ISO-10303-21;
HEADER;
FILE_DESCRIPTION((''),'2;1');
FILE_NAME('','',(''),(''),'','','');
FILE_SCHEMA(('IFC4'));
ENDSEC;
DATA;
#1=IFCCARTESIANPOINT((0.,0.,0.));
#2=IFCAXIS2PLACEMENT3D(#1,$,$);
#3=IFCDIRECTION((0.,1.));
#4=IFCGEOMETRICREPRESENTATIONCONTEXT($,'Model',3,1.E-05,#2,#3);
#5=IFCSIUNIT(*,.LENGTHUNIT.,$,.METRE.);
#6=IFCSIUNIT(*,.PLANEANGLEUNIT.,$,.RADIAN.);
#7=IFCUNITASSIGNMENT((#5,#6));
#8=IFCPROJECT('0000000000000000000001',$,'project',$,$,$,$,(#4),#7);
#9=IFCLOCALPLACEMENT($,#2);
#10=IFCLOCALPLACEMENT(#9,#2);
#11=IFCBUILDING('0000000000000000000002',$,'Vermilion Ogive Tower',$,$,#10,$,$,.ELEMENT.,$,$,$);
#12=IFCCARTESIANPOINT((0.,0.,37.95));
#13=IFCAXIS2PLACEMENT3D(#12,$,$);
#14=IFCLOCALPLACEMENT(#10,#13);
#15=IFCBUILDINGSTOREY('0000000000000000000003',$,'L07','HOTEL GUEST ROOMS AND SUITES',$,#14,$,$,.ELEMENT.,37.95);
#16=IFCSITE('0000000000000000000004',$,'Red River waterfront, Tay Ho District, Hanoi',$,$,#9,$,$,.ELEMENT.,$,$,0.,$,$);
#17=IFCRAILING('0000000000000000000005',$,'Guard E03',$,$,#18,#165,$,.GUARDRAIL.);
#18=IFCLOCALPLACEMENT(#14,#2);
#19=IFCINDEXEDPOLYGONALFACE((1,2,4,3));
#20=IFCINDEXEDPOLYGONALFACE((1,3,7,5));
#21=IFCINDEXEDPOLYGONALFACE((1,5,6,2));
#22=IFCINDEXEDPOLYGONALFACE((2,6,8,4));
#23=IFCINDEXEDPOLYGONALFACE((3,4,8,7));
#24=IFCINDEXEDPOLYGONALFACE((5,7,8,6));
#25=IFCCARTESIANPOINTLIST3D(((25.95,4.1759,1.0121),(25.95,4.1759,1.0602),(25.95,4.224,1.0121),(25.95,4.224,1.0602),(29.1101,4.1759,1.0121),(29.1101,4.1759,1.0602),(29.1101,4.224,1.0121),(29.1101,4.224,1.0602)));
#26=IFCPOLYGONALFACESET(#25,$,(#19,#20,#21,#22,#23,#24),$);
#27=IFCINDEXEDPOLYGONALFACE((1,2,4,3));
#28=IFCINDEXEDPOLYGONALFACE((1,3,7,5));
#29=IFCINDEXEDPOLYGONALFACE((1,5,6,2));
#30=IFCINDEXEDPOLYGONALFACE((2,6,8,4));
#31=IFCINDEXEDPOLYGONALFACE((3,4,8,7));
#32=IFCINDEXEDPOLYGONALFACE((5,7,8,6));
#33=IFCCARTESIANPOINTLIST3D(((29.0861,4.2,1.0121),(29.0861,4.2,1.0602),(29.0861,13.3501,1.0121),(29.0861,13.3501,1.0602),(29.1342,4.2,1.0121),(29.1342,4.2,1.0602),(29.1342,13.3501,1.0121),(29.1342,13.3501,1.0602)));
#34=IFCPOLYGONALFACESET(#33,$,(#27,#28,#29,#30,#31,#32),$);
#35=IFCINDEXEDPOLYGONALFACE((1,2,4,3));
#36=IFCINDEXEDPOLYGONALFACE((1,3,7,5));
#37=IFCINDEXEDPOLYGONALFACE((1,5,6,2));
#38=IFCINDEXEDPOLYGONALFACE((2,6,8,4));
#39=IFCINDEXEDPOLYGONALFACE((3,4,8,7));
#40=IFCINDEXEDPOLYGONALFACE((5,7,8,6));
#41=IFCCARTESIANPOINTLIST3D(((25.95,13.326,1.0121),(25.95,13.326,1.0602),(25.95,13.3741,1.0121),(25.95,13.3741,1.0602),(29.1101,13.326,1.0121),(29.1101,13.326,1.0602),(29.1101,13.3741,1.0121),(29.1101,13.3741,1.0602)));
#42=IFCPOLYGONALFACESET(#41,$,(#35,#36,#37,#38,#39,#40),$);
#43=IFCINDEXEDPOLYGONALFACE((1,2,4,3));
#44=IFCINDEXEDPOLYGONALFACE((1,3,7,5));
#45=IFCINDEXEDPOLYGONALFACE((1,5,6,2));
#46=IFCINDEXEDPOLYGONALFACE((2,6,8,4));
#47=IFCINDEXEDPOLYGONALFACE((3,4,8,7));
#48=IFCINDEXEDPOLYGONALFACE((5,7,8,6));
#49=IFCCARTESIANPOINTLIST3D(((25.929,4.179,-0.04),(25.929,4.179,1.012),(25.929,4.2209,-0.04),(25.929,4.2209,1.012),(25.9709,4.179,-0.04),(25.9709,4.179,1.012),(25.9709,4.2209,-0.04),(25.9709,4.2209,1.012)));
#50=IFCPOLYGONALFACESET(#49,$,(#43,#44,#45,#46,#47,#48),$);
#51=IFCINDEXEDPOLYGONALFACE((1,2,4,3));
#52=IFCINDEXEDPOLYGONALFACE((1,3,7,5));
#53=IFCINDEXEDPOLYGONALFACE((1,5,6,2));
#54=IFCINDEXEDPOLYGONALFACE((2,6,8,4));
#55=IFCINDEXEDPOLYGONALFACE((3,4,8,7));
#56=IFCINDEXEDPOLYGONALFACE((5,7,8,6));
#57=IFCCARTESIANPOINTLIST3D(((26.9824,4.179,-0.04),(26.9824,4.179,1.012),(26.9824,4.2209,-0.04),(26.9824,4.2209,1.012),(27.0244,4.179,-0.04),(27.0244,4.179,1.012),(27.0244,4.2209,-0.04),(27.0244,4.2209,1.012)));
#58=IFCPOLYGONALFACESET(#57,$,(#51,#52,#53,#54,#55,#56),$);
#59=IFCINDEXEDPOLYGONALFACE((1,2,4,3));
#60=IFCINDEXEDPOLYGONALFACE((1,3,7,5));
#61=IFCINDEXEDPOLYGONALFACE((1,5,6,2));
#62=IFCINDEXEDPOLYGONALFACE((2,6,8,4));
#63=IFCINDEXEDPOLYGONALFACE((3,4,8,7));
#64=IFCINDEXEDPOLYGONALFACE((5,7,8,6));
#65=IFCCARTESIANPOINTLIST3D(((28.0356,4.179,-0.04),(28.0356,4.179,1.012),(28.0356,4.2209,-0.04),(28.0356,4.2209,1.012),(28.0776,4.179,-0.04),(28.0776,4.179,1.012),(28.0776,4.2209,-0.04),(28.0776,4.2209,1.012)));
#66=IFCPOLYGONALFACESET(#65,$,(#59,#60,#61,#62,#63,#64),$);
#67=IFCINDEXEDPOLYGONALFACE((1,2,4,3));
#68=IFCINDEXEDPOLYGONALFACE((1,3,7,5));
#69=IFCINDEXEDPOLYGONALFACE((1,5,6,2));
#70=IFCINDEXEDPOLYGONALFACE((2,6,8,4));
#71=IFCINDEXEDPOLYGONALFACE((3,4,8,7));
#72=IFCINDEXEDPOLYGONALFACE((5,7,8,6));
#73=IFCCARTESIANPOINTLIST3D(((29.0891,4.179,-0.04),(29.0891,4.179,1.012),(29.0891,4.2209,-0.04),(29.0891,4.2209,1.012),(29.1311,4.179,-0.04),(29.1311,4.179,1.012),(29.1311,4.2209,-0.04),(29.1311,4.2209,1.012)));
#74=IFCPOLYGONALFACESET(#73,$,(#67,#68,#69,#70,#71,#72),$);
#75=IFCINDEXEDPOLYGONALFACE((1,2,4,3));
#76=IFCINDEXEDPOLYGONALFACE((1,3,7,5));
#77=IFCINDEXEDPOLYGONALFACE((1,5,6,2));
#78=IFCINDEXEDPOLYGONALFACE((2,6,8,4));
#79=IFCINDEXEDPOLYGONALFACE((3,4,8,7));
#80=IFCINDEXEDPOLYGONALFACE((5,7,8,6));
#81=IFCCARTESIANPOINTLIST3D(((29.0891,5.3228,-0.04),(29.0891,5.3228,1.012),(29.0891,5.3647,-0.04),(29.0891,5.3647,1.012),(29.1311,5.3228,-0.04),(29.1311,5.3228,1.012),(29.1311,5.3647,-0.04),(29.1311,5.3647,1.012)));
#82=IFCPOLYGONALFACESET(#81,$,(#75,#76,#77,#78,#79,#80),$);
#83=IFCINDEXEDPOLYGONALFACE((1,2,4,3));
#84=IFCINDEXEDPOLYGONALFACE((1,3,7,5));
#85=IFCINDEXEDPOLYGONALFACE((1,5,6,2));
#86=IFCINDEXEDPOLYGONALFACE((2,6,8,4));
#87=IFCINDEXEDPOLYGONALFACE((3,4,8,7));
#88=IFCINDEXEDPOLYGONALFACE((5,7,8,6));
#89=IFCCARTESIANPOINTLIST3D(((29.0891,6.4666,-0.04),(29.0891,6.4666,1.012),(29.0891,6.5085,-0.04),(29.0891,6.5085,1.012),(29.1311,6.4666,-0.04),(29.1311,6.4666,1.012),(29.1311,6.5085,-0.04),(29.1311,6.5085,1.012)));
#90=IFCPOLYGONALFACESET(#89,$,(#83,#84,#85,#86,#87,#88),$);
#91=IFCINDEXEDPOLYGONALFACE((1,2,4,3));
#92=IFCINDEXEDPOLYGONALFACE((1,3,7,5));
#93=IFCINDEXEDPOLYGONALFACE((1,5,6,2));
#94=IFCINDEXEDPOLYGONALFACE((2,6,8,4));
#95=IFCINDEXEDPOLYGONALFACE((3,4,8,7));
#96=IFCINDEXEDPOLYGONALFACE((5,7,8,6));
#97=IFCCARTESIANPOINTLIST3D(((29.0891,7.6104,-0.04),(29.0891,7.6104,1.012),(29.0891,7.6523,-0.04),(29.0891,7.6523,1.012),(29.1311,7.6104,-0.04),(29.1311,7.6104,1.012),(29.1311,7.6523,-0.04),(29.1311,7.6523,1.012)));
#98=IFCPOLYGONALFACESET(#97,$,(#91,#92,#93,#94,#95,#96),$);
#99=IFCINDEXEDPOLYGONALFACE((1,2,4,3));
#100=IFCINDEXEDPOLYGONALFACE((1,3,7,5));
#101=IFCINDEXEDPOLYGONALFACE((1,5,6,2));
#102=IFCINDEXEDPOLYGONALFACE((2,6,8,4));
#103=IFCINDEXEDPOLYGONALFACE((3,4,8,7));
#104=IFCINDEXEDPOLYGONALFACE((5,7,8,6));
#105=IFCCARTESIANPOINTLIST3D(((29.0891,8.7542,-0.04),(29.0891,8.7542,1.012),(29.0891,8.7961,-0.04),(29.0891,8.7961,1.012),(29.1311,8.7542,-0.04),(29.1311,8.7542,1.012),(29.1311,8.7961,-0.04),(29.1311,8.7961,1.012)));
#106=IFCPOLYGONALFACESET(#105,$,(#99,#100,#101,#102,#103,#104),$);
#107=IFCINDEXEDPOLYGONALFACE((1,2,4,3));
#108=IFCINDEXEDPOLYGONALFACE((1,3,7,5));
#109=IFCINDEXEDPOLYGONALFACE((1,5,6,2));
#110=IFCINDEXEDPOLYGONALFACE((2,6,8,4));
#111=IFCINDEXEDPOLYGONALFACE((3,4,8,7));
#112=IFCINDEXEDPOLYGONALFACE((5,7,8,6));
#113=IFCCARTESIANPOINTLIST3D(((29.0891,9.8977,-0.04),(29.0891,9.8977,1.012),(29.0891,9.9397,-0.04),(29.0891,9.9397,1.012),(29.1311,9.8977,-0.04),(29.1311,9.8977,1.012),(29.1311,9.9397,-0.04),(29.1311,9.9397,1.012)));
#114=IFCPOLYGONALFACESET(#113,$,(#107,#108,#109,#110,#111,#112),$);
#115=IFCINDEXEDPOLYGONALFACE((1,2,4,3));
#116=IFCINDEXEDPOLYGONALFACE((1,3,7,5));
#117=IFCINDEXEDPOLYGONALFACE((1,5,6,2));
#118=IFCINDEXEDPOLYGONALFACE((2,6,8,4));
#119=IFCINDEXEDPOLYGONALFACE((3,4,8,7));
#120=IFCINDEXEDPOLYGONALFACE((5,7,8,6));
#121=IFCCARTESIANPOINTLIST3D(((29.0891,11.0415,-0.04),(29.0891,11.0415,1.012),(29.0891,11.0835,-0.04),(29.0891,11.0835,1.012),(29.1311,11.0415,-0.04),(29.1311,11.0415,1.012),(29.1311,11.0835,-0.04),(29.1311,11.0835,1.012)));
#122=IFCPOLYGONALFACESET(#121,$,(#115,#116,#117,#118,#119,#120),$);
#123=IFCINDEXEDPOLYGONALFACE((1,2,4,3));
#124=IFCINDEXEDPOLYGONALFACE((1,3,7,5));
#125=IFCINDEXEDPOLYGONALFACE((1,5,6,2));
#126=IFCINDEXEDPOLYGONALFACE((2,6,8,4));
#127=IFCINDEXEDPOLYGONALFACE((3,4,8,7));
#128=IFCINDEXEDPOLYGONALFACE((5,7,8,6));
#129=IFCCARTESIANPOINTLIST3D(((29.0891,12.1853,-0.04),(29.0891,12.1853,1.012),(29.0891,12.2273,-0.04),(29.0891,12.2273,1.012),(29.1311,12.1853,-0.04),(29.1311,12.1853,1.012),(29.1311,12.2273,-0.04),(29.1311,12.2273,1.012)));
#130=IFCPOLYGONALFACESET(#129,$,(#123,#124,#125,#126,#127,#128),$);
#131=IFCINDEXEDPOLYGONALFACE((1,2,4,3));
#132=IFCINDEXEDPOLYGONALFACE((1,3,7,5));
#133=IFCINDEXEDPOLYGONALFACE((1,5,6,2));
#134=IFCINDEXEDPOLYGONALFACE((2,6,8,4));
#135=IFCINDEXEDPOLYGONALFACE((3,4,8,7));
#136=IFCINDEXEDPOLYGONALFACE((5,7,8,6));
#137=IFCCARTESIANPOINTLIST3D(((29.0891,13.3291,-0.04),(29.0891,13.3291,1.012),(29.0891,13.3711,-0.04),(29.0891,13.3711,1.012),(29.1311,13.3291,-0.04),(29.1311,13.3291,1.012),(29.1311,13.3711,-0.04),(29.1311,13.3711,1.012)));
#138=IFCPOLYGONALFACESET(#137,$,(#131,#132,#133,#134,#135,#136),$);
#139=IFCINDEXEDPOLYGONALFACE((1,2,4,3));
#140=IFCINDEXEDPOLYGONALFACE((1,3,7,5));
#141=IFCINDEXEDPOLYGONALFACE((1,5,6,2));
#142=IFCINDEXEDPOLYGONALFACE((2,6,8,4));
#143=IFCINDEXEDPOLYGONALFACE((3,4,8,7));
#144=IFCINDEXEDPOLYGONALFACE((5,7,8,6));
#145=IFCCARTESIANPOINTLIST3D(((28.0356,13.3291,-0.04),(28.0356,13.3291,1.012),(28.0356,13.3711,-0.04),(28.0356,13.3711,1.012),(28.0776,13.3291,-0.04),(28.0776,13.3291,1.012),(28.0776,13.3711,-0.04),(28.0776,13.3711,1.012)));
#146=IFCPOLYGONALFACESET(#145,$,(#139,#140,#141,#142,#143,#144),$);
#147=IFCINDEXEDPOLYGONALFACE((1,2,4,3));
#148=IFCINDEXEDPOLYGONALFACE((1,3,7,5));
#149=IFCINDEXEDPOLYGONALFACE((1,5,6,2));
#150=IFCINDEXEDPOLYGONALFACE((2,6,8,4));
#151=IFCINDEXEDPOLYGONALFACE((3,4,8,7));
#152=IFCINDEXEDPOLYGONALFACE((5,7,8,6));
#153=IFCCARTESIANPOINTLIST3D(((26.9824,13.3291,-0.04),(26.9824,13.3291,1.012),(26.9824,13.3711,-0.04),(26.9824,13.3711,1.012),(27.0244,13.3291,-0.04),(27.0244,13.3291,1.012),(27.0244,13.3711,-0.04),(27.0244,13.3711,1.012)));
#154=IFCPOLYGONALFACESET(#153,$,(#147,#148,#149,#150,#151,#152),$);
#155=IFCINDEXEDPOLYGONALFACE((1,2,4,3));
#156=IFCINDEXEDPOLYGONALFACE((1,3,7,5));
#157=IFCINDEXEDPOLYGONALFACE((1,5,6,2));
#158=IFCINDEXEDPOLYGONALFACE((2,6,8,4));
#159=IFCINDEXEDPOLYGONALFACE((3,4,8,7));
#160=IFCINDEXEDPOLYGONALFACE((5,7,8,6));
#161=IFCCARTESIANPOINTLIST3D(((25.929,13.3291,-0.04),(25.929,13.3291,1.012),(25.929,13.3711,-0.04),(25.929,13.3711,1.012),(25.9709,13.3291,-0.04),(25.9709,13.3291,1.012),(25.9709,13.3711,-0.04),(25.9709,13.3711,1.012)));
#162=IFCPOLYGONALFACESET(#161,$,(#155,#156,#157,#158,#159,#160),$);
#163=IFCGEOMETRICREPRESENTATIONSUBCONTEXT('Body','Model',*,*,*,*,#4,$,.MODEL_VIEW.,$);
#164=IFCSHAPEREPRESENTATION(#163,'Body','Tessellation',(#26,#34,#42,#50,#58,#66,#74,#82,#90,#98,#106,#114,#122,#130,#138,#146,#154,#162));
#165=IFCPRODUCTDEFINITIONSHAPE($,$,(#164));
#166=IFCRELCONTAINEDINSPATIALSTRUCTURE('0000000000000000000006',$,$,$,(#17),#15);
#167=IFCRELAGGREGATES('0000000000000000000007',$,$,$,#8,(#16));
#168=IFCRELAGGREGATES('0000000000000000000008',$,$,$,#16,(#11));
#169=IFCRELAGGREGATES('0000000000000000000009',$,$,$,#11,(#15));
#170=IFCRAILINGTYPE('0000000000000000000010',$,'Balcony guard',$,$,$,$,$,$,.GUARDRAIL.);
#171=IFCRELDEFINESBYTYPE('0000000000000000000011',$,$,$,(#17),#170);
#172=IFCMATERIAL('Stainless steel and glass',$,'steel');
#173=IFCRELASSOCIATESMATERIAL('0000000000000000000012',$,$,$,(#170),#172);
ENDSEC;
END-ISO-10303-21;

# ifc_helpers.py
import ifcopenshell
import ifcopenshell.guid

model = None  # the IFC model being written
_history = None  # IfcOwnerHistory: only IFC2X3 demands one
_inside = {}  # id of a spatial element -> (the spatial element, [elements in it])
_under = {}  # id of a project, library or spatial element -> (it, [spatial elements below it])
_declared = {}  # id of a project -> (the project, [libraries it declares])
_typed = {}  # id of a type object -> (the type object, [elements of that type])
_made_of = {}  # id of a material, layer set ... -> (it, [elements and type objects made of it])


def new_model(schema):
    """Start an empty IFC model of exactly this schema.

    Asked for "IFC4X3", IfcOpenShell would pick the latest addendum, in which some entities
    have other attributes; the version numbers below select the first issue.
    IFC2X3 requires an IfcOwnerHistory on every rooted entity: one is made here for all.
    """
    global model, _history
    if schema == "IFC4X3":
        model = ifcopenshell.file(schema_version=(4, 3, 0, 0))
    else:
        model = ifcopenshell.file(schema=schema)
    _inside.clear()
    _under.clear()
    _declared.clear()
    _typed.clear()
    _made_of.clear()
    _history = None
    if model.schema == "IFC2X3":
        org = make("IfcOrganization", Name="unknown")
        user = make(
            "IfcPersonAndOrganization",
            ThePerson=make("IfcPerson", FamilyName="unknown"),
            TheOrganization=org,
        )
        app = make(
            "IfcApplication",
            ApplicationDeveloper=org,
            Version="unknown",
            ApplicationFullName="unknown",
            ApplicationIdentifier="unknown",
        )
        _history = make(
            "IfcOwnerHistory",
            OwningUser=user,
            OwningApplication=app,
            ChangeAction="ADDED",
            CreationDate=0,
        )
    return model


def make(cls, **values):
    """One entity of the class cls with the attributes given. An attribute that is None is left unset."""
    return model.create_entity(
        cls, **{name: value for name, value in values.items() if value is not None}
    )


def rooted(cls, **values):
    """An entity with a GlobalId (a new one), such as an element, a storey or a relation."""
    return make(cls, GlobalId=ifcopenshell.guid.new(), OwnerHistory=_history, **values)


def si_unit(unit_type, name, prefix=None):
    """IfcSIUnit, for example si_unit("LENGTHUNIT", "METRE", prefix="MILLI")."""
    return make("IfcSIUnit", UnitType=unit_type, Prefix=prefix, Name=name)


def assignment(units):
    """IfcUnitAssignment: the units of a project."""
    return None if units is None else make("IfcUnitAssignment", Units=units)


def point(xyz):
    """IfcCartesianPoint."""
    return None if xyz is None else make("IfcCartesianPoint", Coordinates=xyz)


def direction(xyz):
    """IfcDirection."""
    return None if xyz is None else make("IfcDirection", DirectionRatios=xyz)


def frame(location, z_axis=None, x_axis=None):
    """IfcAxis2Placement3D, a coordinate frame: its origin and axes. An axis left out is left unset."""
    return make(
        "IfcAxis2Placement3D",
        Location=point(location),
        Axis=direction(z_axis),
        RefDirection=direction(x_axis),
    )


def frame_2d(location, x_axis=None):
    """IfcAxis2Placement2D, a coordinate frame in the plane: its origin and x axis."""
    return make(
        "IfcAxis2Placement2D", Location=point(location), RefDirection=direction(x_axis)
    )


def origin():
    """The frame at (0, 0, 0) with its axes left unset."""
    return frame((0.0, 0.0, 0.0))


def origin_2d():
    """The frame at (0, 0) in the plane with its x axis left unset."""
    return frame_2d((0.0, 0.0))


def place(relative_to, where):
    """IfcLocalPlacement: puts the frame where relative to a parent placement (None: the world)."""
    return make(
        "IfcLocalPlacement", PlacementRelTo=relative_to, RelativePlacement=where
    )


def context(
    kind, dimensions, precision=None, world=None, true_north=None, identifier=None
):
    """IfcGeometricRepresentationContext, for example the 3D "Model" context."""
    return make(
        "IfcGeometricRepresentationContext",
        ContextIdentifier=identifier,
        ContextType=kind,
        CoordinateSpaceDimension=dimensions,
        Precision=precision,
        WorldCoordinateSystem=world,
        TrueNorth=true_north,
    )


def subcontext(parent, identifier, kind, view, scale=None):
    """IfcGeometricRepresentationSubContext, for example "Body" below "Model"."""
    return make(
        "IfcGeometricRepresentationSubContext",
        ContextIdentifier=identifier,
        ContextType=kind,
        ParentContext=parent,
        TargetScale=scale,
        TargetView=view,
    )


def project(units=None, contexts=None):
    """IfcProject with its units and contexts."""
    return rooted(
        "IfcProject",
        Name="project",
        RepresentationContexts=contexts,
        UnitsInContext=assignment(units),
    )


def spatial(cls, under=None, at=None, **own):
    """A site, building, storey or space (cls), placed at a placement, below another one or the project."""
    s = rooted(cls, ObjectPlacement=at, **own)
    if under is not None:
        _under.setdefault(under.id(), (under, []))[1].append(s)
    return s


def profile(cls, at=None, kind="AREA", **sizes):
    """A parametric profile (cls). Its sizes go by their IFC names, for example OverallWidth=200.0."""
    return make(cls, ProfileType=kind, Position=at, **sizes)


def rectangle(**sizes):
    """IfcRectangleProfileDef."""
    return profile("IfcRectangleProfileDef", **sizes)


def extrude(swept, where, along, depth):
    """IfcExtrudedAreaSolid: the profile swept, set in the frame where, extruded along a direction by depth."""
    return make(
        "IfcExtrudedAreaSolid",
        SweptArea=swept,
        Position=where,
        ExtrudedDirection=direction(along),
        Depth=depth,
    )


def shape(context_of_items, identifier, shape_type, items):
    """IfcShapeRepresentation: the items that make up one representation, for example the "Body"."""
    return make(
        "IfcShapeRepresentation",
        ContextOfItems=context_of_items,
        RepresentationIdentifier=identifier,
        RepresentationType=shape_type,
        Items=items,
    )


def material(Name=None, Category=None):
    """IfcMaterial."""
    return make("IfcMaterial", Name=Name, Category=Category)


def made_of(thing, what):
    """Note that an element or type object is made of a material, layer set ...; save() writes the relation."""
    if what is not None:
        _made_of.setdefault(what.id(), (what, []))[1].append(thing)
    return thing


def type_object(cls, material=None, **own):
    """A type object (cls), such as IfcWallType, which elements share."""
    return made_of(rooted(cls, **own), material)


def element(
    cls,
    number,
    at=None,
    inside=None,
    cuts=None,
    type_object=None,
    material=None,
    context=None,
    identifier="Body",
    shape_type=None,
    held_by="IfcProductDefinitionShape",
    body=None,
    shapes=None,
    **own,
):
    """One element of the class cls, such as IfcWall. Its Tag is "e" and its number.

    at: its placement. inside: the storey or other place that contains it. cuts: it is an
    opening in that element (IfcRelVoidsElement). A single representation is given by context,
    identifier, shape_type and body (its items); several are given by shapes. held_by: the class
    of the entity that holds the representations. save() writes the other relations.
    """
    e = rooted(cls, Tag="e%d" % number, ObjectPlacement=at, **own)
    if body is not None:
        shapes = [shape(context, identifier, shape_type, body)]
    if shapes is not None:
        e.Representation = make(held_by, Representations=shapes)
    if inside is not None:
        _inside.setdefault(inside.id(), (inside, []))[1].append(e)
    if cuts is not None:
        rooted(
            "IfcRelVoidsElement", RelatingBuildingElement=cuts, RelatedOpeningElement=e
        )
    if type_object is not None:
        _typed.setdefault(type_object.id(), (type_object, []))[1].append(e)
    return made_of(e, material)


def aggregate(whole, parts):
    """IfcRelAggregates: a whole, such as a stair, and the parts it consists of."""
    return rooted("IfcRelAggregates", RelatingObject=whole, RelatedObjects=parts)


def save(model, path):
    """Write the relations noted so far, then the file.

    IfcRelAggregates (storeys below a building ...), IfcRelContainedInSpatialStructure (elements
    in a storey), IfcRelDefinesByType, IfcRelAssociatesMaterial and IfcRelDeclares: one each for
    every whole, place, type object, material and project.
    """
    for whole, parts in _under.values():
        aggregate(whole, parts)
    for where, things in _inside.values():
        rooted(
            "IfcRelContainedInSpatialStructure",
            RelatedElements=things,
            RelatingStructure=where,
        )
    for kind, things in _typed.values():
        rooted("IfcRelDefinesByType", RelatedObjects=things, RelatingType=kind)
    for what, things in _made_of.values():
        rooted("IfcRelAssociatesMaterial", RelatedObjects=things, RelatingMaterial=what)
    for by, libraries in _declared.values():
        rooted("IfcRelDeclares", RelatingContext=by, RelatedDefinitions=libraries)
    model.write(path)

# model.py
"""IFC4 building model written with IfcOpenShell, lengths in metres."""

from ifc_helpers import new_model, si_unit, direction, frame, origin, origin_2d, place, context, subcontext, project, spatial, rectangle, extrude, material, type_object, element, save


model = new_model("IFC4")

# Units and contexts
model_context = context("Model", 3, precision=1e-05, world=origin(), true_north=direction((0.0, 1.0)))
body_context = subcontext(model_context, "Body", "Model", "MODEL_VIEW")
ifc_project = project(units=[si_unit("LENGTHUNIT", "METRE"), si_unit("PLANEANGLEUNIT", "RADIAN")], contexts=[model_context])

# Site, building, storey
site_placement = place(None, origin())
site = spatial("IfcSite", under=ifc_project, at=site_placement, Name="Red River waterfront, Tay Ho District, Hanoi", CompositionType="ELEMENT", RefElevation=0.0)
building_placement = place(site_placement, origin())
building = spatial("IfcBuilding", under=site, at=building_placement, Name="Vermilion Ogive Tower", CompositionType="ELEMENT")
storey_placement = place(building_placement, frame((0.0, 0.0, 37.95)))
storey = spatial("IfcBuildingStorey", under=building, at=storey_placement, Name="L07", Description="HOTEL GUEST ROOMS AND SUITES", CompositionType="ELEMENT", Elevation=37.95)

# Railing
ifc_material_1 = material(Name="Stainless steel and glass", Category="steel")
railing_type_1 = type_object("IfcRailingType", Name="Balcony guard", PredefinedType="GUARDRAIL", material=ifc_material_1)
railing_1_placement = place(storey_placement, frame((25.95, 4.2, -0.04)))
element("IfcRailing", 1, at=railing_1_placement, inside=storey, type_object=railing_type_1, Name="Guard E03", PredefinedType="GUARDRAIL", context=body_context, shape_type="SweptSolid", body=[
    extrude(rectangle(XDim=0.0481, YDim=0.0481, at=origin_2d()), frame((0.0, 0.0, 1.0762), z_axis=(1.0, 0.0, 0.0), x_axis=(0.0, 1.0, 0.0)), (0.0, 0.0, 1.0), 3.1602),
    extrude(rectangle(XDim=0.0481, YDim=0.0481, at=origin_2d()), frame((3.1602, 0.0, 1.0762), z_axis=(0.0, 1.0, 0.0), x_axis=(-1.0, 0.0, 0.0)), (0.0, 0.0, 1.0), 9.1501),
    extrude(rectangle(XDim=0.0481, YDim=0.0481, at=origin_2d()), frame((3.1602, 9.1501, 1.0762), z_axis=(-1.0, 0.0, 0.0), x_axis=(0.0, -1.0, 0.0)), (0.0, 0.0, 1.0), 3.1602),
    extrude(rectangle(XDim=0.042, YDim=0.042, at=origin_2d()), origin(), (0.0, 0.0, 1.0), 1.052),
    extrude(rectangle(XDim=0.042, YDim=0.042, at=origin_2d()), frame((1.0535, 0.0, 0.0)), (0.0, 0.0, 1.0), 1.052),
    extrude(rectangle(XDim=0.042, YDim=0.042, at=origin_2d()), frame((2.1067, 0.0, 0.0)), (0.0, 0.0, 1.0), 1.052),
    extrude(rectangle(XDim=0.042, YDim=0.042, at=origin_2d()), frame((3.1602, 0.0, 0.0)), (0.0, 0.0, 1.0), 1.052),
    extrude(rectangle(XDim=0.042, YDim=0.042, at=origin_2d()), frame((3.1602, 1.1438, 0.0)), (0.0, 0.0, 1.0), 1.052),
    extrude(rectangle(XDim=0.042, YDim=0.042, at=origin_2d()), frame((3.1602, 2.2876, 0.0)), (0.0, 0.0, 1.0), 1.052),
    extrude(rectangle(XDim=0.042, YDim=0.042, at=origin_2d()), frame((3.1602, 3.4314, 0.0)), (0.0, 0.0, 1.0), 1.052),
    extrude(rectangle(XDim=0.042, YDim=0.042, at=origin_2d()), frame((3.1602, 4.5752, 0.0)), (0.0, 0.0, 1.0), 1.052),
    extrude(rectangle(XDim=0.042, YDim=0.042, at=origin_2d()), frame((3.1602, 5.7188, 0.0)), (0.0, 0.0, 1.0), 1.052),
    extrude(rectangle(XDim=0.042, YDim=0.042, at=origin_2d()), frame((3.1602, 6.8625, 0.0)), (0.0, 0.0, 1.0), 1.052),
    extrude(rectangle(XDim=0.042, YDim=0.042, at=origin_2d()), frame((3.1602, 8.0063, 0.0)), (0.0, 0.0, 1.0), 1.052),
    extrude(rectangle(XDim=0.042, YDim=0.042, at=origin_2d()), frame((3.1602, 9.1501, 0.0)), (0.0, 0.0, 1.0), 1.052),
    extrude(rectangle(XDim=0.042, YDim=0.042, at=origin_2d()), frame((2.1067, 9.1501, 0.0)), (0.0, 0.0, 1.0), 1.052),
    extrude(rectangle(XDim=0.042, YDim=0.042, at=origin_2d()), frame((1.0535, 9.1501, 0.0)), (0.0, 0.0, 1.0), 1.052),
    extrude(rectangle(XDim=0.042, YDim=0.042, at=origin_2d()), frame((0.0, 9.1501, 0.0)), (0.0, 0.0, 1.0), 1.052),
])

save(model, "model.ifc")
